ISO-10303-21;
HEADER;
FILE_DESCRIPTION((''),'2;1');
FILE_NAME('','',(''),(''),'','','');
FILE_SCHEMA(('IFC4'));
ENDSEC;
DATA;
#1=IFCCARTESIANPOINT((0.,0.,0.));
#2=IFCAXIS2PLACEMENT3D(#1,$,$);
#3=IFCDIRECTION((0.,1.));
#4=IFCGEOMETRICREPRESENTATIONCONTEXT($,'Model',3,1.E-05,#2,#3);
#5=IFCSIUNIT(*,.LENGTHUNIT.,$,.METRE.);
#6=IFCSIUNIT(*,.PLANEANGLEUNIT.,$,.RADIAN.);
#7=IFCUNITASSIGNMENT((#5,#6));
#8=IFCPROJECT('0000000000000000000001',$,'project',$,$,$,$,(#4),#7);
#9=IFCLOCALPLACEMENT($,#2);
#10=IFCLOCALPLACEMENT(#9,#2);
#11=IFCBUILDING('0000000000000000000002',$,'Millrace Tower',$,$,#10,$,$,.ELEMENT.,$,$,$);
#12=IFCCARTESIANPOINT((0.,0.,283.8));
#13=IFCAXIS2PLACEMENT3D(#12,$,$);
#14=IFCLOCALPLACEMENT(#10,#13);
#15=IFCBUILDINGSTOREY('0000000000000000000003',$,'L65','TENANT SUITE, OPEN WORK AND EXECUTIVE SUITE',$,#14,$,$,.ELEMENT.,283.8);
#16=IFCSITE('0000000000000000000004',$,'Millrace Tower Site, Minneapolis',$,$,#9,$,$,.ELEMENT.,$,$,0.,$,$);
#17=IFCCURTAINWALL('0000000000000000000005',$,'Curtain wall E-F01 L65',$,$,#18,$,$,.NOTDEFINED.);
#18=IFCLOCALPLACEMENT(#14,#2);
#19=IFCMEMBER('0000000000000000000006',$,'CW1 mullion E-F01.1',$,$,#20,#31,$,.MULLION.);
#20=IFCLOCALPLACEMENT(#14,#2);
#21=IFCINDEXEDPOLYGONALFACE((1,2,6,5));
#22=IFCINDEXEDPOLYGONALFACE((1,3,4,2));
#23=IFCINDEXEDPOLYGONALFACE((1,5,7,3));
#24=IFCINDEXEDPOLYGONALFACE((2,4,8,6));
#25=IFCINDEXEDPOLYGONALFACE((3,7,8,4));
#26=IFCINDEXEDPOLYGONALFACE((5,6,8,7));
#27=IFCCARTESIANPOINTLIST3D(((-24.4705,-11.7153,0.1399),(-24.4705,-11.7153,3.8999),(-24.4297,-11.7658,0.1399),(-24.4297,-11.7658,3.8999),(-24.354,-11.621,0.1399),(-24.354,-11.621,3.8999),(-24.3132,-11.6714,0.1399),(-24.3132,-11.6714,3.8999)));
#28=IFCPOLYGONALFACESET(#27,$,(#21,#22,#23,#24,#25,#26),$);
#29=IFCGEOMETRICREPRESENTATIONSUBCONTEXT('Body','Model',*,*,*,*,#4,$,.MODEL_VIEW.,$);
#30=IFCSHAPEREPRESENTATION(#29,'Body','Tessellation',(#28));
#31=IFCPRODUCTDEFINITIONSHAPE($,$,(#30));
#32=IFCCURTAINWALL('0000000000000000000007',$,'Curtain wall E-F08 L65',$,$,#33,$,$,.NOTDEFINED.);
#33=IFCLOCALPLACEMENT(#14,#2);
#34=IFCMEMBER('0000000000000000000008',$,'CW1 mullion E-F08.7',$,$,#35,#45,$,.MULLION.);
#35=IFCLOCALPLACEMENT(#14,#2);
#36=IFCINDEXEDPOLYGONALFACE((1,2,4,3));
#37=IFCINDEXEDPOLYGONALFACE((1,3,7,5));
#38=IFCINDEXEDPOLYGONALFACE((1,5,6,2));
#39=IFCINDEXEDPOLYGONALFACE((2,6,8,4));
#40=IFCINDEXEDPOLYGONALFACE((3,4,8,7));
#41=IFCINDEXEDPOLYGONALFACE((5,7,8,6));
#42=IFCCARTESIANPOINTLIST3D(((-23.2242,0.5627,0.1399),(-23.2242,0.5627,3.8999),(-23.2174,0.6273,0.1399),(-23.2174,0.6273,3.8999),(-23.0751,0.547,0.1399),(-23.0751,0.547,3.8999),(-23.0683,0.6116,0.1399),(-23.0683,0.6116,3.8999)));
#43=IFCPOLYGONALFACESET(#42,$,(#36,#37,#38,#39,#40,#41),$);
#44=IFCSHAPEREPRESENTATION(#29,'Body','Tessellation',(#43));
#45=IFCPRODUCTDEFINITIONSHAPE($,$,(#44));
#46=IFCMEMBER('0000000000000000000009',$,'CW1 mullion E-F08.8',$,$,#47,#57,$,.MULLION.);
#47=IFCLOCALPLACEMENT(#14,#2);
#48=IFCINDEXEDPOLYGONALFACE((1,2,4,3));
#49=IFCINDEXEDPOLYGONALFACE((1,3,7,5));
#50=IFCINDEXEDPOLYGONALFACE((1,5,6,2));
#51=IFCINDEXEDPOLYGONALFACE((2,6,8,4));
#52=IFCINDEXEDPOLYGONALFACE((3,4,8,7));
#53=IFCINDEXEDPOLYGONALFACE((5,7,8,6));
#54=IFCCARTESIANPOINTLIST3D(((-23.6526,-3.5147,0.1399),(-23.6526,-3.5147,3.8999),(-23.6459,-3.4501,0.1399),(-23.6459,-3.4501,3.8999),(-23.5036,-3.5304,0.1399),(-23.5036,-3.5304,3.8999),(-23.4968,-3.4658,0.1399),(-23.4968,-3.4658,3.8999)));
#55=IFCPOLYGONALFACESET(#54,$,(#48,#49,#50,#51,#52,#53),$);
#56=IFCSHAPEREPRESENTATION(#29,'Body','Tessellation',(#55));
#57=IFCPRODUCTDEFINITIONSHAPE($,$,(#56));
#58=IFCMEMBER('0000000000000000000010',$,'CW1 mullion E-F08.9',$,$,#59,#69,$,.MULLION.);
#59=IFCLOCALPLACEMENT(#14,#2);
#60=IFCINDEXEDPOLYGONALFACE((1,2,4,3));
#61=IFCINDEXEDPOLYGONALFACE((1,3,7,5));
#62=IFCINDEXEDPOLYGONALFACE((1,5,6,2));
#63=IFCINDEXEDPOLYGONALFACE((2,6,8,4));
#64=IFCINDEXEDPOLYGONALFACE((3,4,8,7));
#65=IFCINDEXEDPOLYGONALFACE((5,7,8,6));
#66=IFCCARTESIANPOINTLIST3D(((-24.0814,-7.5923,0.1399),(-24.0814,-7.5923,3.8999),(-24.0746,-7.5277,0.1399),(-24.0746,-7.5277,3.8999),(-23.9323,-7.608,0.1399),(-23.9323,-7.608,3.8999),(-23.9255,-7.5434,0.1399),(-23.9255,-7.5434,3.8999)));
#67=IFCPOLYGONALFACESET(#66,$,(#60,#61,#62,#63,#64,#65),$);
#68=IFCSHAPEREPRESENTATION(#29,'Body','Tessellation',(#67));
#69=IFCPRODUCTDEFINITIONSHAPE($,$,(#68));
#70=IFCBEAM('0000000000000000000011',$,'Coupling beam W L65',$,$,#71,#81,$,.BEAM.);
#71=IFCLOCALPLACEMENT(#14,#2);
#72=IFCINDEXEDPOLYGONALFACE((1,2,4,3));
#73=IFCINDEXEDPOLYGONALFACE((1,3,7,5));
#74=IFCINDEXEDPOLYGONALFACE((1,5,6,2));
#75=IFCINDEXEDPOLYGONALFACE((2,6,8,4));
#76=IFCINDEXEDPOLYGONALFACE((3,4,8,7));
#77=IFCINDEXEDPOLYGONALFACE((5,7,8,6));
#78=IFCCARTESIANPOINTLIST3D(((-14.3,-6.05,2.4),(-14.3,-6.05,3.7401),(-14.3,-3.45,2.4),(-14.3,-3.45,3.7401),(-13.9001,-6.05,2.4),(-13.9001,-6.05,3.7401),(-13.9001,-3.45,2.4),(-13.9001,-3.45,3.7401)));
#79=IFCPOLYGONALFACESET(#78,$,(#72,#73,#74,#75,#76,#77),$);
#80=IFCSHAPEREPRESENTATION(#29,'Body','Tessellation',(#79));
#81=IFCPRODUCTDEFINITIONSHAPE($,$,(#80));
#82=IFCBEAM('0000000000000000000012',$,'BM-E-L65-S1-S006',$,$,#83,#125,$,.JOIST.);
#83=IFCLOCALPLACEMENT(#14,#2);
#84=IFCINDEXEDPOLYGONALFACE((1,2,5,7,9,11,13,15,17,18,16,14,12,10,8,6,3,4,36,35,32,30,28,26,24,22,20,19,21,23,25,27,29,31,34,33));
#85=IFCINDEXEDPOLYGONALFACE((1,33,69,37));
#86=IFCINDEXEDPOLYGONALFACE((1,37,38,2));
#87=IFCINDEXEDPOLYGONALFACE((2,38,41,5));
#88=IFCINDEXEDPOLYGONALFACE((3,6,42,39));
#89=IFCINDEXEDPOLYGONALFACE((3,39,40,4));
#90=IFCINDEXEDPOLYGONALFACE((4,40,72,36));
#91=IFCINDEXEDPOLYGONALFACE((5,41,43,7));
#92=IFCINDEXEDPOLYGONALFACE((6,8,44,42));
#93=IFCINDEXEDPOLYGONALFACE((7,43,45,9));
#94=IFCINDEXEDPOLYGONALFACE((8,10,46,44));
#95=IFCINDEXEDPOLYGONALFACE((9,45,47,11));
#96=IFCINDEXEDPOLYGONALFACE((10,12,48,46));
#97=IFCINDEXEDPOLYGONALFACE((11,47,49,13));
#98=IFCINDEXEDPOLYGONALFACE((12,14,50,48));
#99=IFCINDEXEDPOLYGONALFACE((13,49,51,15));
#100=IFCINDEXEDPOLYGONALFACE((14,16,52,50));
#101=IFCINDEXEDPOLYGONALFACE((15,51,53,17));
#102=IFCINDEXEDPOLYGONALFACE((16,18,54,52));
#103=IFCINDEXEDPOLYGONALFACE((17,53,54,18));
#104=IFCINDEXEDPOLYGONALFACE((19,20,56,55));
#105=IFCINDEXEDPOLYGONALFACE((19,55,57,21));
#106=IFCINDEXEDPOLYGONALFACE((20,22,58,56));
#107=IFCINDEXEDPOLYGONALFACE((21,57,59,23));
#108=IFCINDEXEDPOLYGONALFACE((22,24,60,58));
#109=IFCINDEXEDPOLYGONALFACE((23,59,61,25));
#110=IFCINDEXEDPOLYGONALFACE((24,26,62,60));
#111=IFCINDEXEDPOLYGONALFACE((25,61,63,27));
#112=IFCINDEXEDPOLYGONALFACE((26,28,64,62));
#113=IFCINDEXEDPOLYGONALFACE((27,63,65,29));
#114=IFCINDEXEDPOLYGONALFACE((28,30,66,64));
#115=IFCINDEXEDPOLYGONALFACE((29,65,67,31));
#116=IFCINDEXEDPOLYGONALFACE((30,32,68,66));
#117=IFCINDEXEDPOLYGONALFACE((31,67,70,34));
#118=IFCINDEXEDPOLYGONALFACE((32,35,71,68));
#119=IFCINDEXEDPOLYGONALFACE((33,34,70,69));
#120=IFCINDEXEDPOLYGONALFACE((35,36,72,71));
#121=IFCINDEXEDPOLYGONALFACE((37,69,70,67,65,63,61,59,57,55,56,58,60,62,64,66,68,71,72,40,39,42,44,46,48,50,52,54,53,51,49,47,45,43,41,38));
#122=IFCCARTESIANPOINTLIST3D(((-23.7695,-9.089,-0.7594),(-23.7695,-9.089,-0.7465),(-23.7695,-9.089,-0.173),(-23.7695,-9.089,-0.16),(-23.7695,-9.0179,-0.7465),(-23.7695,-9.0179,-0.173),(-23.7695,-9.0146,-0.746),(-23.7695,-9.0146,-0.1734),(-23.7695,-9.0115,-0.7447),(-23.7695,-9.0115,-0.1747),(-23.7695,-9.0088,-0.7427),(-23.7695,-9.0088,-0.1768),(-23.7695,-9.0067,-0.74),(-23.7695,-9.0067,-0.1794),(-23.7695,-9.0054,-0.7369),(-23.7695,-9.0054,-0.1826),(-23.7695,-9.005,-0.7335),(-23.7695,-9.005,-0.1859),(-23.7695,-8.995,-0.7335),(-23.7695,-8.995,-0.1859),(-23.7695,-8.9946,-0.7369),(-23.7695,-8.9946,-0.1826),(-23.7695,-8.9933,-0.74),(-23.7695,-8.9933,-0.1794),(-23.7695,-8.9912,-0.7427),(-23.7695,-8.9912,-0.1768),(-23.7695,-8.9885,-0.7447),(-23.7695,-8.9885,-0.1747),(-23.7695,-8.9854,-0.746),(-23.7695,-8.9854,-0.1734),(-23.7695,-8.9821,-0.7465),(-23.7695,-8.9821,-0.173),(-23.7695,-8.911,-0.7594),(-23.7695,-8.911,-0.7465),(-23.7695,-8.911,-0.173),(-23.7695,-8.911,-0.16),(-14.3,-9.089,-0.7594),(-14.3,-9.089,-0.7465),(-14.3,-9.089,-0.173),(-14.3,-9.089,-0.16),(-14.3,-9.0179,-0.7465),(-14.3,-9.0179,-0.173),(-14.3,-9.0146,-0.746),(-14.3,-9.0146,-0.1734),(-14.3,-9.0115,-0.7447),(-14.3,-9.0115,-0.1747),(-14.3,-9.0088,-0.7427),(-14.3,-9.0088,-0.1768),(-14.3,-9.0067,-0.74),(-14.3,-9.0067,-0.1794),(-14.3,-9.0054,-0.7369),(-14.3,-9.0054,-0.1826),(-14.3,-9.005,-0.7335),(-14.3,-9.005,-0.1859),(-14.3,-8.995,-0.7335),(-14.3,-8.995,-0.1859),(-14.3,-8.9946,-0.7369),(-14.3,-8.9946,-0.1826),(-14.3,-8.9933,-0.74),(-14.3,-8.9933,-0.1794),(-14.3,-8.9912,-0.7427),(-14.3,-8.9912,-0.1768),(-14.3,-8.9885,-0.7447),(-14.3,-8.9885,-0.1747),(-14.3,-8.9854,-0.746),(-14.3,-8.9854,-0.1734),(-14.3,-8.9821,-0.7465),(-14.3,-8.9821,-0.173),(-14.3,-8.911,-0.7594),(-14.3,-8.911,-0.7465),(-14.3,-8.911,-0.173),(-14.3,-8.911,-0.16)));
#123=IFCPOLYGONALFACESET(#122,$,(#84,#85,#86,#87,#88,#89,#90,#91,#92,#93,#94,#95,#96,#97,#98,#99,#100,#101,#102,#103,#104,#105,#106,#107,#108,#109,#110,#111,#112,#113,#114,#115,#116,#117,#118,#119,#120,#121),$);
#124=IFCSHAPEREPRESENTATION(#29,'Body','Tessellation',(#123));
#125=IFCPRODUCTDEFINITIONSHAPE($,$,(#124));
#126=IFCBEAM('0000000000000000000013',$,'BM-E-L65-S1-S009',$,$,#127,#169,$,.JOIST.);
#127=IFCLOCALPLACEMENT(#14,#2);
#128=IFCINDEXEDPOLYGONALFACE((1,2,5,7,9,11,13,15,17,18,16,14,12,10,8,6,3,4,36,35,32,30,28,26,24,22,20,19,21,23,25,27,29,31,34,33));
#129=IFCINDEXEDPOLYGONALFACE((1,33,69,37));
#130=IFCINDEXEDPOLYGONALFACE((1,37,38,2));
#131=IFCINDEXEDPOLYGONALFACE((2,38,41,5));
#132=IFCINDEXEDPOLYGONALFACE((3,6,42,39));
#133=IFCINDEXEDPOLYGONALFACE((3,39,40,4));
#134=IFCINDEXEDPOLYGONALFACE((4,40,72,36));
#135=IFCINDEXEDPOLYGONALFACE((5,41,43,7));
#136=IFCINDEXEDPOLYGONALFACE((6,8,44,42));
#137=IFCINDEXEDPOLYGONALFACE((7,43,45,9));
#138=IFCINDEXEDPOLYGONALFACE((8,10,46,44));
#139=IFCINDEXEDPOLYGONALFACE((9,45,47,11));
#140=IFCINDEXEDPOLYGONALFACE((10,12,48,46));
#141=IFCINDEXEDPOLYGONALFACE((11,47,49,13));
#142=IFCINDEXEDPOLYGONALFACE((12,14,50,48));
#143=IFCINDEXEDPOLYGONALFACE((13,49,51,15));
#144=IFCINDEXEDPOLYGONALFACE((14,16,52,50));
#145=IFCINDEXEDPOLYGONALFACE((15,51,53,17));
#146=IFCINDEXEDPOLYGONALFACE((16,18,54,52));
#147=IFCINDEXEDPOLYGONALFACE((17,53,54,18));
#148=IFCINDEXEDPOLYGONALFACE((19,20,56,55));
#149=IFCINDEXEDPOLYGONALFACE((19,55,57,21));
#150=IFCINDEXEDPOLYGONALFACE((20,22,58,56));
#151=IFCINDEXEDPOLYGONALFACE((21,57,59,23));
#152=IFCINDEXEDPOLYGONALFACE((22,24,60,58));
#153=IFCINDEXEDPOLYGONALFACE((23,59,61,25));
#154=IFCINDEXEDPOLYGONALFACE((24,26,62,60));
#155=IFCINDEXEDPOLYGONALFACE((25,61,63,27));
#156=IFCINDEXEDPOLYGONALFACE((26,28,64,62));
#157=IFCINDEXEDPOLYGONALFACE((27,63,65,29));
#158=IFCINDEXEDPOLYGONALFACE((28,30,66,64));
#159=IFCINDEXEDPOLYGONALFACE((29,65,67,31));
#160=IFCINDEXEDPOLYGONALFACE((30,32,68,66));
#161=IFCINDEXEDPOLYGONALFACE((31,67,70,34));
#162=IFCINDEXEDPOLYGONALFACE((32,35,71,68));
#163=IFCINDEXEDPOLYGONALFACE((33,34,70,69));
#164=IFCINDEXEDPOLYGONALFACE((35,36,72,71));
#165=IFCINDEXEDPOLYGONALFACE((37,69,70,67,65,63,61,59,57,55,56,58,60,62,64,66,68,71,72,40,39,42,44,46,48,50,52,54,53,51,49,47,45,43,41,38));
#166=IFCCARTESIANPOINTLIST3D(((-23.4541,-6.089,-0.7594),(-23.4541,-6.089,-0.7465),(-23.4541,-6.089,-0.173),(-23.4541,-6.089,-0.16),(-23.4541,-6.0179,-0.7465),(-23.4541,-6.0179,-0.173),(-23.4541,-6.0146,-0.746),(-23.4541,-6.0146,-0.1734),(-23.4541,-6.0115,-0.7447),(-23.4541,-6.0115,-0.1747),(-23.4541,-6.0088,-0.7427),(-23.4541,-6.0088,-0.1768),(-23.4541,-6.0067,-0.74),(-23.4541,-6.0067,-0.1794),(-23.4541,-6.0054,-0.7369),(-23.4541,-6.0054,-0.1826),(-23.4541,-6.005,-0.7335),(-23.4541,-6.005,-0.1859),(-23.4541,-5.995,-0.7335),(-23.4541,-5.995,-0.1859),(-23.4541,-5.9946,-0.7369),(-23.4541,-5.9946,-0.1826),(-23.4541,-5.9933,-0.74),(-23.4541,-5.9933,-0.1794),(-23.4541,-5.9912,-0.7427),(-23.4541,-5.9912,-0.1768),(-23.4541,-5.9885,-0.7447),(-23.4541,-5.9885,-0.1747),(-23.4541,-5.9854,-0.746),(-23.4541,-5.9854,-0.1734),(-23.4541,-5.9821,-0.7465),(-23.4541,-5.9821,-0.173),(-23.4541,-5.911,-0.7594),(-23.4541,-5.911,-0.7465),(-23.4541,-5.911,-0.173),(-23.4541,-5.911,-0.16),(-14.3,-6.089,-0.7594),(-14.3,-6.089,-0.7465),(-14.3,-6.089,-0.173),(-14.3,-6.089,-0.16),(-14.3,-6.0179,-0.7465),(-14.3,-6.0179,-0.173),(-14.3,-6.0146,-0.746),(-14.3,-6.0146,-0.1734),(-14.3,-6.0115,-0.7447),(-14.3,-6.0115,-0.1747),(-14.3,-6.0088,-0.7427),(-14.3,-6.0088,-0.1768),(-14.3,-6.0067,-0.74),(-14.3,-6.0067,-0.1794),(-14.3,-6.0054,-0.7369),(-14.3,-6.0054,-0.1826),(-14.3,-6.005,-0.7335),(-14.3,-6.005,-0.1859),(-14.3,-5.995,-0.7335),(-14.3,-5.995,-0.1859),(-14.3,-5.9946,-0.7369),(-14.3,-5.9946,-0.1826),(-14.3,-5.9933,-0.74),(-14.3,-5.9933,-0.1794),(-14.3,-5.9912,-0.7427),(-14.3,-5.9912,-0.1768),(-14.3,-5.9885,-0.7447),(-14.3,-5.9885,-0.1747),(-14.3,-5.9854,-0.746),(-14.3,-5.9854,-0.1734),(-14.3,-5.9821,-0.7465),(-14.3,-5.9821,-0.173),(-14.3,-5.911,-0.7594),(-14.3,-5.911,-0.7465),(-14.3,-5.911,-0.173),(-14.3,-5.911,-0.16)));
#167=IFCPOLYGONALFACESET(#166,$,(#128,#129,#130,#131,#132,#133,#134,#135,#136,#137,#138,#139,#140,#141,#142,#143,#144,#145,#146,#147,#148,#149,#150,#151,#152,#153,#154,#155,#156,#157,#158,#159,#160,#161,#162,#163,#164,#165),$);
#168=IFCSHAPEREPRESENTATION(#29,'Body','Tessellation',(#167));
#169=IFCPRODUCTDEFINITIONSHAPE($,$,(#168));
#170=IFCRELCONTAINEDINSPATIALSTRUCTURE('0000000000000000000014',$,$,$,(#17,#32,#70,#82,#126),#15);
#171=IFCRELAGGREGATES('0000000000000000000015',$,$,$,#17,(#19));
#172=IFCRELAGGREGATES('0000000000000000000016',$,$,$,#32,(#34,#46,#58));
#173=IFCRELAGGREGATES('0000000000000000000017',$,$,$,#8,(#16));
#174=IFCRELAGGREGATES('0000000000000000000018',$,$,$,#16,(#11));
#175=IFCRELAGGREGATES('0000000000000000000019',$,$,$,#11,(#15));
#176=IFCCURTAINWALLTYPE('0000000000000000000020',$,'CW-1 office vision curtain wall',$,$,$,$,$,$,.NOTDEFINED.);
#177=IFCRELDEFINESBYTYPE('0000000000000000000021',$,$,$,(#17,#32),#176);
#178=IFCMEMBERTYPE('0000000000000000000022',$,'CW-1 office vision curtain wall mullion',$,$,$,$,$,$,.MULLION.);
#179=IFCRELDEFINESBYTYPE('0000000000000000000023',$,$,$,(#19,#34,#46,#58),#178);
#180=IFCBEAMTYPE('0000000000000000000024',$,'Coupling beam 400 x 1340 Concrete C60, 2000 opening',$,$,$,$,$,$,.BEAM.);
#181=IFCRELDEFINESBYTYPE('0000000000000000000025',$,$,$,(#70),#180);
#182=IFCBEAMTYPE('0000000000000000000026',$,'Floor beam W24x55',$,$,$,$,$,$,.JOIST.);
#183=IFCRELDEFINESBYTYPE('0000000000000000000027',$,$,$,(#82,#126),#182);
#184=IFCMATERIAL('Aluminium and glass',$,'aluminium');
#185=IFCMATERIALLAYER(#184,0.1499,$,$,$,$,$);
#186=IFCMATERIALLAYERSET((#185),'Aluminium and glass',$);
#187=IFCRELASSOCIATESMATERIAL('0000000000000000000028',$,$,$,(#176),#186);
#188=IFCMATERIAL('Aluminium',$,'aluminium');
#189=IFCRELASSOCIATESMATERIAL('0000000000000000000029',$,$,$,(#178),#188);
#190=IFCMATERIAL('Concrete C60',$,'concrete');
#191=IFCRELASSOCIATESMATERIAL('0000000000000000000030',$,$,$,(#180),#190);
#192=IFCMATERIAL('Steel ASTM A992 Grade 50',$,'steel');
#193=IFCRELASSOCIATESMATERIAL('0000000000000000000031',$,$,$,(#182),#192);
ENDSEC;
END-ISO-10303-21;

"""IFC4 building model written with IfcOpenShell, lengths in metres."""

from ifc_helpers import new_model, si_unit, direction, frame, origin, origin_2d, place, context, subcontext, project, spatial, rectangle, i_section, extrude, material, layer, layer_set, material_profile, profile_set, type_object, element, aggregate, save


model = new_model("IFC4")

# Units and contexts
model_context = context("Model", 3, precision=1e-05, world=origin(), true_north=direction((0.0, 1.0)))
body_context = subcontext(model_context, "Body", "Model", "MODEL_VIEW")
ifc_project = project(units=[si_unit("LENGTHUNIT", "METRE"), si_unit("PLANEANGLEUNIT", "RADIAN")], contexts=[model_context])

# Site, building, storey
site_placement = place(None, origin())
site = spatial("IfcSite", under=ifc_project, at=site_placement, Name="Millrace Tower Site, Minneapolis", CompositionType="ELEMENT", RefElevation=0.0)
building_placement = place(site_placement, origin())
building = spatial("IfcBuilding", under=site, at=building_placement, Name="Millrace Tower", CompositionType="ELEMENT")
storey_placement = place(building_placement, frame((0.0, 0.0, 283.8)))
storey = spatial("IfcBuildingStorey", under=building, at=storey_placement, Name="L65", Description="TENANT SUITE, OPEN WORK AND EXECUTIVE SUITE", CompositionType="ELEMENT", Elevation=283.8)

# Curtain wall, member
ifc_material_1 = material(Name="Aluminium and glass", Category="aluminium")
ifc_layer_1 = layer(ifc_material_1, 0.1499)
ifc_layer_set_1 = layer_set([ifc_layer_1], Name="Aluminium and glass")
curtain_wall_type = type_object("IfcCurtainWallType", Name="CW-1 office vision curtain wall", PredefinedType="NOTDEFINED", material=ifc_layer_set_1)
placement = place(storey_placement, origin())
curtain_wall_1 = element("IfcCurtainWall", 1, at=placement, inside=storey, type_object=curtain_wall_type, Name="Curtain wall E-F01 L65", PredefinedType="NOTDEFINED")
ifc_material_2 = material(Name="Aluminium", Category="aluminium")
ifc_material_profile_1 = material_profile(ifc_material_2, rectangle(XDim=0.0649, YDim=0.1499, at=origin_2d()))
ifc_profile_set_1 = profile_set([ifc_material_profile_1], Name="Aluminium")
member_type = type_object("IfcMemberType", Name="CW-1 office vision curtain wall mullion", PredefinedType="MULLION", material=ifc_profile_set_1)
member_1_placement = place(storey_placement, frame((-24.3918, -11.6934, 0.1399), z_axis=(0.0, 0.0, 1.0), x_axis=(0.62932, -0.777146, 0.0)))
member_1 = element("IfcMember", 2, at=member_1_placement, type_object=member_type, Name="CW1 mullion E-F01.1", PredefinedType="MULLION", context=body_context, shape_type="SweptSolid", body=[
    extrude(rectangle(XDim=0.0649, YDim=0.1499, at=origin_2d()), origin(), (0.0, 0.0, 1.0), 3.76),
])
aggregate(curtain_wall_1, [member_1])

# Curtain wall, members
curtain_wall_2 = element("IfcCurtainWall", 3, at=placement, inside=storey, type_object=curtain_wall_type, Name="Curtain wall E-F08 L65", PredefinedType="NOTDEFINED")
member_2_placement = place(storey_placement, frame((-23.1462, 0.5872, 0.1399), z_axis=(0.0, 0.0, 1.0), x_axis=(-0.104528, -0.994522, 0.0)))
member_2 = element("IfcMember", 4, at=member_2_placement, type_object=member_type, Name="CW1 mullion E-F08.7", PredefinedType="MULLION", context=body_context, shape_type="SweptSolid", body=[
    extrude(rectangle(XDim=0.0649, YDim=0.1499, at=origin_2d()), origin(), (0.0, 0.0, 1.0), 3.76),
])
member_3_placement = place(storey_placement, frame((-23.5747, -3.4902, 0.1399), z_axis=(0.0, 0.0, 1.0), x_axis=(-0.104528, -0.994522, 0.0)))
member_3 = element("IfcMember", 5, at=member_3_placement, type_object=member_type, Name="CW1 mullion E-F08.8", PredefinedType="MULLION", context=body_context, shape_type="SweptSolid", body=[
    extrude(rectangle(XDim=0.0649, YDim=0.1499, at=origin_2d()), origin(), (0.0, 0.0, 1.0), 3.76),
])
member_4_placement = place(storey_placement, frame((-24.0034, -7.5679, 0.1399), z_axis=(0.0, 0.0, 1.0), x_axis=(-0.104528, -0.994522, 0.0)))
member_4 = element("IfcMember", 6, at=member_4_placement, type_object=member_type, Name="CW1 mullion E-F08.9", PredefinedType="MULLION", context=body_context, shape_type="SweptSolid", body=[
    extrude(rectangle(XDim=0.0649, YDim=0.1499, at=origin_2d()), origin(), (0.0, 0.0, 1.0), 3.76),
])
aggregate(curtain_wall_2, [member_2, member_3, member_4])

# Beams
ifc_material_3 = material(Name="Concrete C60", Category="concrete")
ifc_material_profile_2 = material_profile(ifc_material_3, rectangle(XDim=0.3999, YDim=1.3401, at=origin_2d()))
ifc_profile_set_2 = profile_set([ifc_material_profile_2], Name="Concrete C60")
beam_type_1 = type_object("IfcBeamType", Name="Coupling beam 400 x 1340 Concrete C60, 2000 opening", PredefinedType="BEAM", material=ifc_profile_set_2)
beam_1_placement = place(storey_placement, frame((-14.1001, -6.05, 3.0701), z_axis=(0.0, 1.0, 0.0), x_axis=(-1.0, 0.0, 0.0)))
element("IfcBeam", 7, at=beam_1_placement, inside=storey, type_object=beam_type_1, Name="Coupling beam W L65", PredefinedType="BEAM", context=body_context, shape_type="SweptSolid", body=[
    extrude(rectangle(XDim=0.3999, YDim=1.3401, at=origin_2d()), origin(), (0.0, 0.0, 1.0), 2.6001),
])
ifc_material_4 = material(Name="Steel ASTM A992 Grade 50", Category="steel")
ifc_material_profile_3 = material_profile(ifc_material_4, i_section(OverallWidth=0.178, OverallDepth=0.5994, WebThickness=0.01, FlangeThickness=0.0129, FilletRadius=0.0129, at=origin_2d()))
ifc_profile_set_3 = profile_set([ifc_material_profile_3], Name="Steel ASTM A992 Grade 50")
beam_type_2 = type_object("IfcBeamType", Name="Floor beam W24x55", PredefinedType="JOIST", material=ifc_profile_set_3)
beam_2_placement = place(storey_placement, frame((-23.7695, -9.0, -0.4597), z_axis=(1.0, 0.0, 0.0), x_axis=(0.0, 1.0, 0.0)))
element("IfcBeam", 8, at=beam_2_placement, inside=storey, type_object=beam_type_2, Name="BM-E-L65-S1-S006", PredefinedType="JOIST", context=body_context, shape_type="SweptSolid", body=[
    extrude(i_section(OverallWidth=0.178, OverallDepth=0.5994, WebThickness=0.01, FlangeThickness=0.0129, FilletRadius=0.0129, at=origin_2d()), origin(), (0.0, 0.0, 1.0), 9.4695),
])
beam_3_placement = place(storey_placement, frame((-23.4541, -6.0, -0.4597), z_axis=(1.0, 0.0, 0.0), x_axis=(0.0, 1.0, 0.0)))
element("IfcBeam", 9, at=beam_3_placement, inside=storey, type_object=beam_type_2, Name="BM-E-L65-S1-S009", PredefinedType="JOIST", context=body_context, shape_type="SweptSolid", body=[
    extrude(i_section(OverallWidth=0.178, OverallDepth=0.5994, WebThickness=0.01, FlangeThickness=0.0129, FilletRadius=0.0129, at=origin_2d()), origin(), (0.0, 0.0, 1.0), 9.1541),
])

save(model, "model.ifc")
